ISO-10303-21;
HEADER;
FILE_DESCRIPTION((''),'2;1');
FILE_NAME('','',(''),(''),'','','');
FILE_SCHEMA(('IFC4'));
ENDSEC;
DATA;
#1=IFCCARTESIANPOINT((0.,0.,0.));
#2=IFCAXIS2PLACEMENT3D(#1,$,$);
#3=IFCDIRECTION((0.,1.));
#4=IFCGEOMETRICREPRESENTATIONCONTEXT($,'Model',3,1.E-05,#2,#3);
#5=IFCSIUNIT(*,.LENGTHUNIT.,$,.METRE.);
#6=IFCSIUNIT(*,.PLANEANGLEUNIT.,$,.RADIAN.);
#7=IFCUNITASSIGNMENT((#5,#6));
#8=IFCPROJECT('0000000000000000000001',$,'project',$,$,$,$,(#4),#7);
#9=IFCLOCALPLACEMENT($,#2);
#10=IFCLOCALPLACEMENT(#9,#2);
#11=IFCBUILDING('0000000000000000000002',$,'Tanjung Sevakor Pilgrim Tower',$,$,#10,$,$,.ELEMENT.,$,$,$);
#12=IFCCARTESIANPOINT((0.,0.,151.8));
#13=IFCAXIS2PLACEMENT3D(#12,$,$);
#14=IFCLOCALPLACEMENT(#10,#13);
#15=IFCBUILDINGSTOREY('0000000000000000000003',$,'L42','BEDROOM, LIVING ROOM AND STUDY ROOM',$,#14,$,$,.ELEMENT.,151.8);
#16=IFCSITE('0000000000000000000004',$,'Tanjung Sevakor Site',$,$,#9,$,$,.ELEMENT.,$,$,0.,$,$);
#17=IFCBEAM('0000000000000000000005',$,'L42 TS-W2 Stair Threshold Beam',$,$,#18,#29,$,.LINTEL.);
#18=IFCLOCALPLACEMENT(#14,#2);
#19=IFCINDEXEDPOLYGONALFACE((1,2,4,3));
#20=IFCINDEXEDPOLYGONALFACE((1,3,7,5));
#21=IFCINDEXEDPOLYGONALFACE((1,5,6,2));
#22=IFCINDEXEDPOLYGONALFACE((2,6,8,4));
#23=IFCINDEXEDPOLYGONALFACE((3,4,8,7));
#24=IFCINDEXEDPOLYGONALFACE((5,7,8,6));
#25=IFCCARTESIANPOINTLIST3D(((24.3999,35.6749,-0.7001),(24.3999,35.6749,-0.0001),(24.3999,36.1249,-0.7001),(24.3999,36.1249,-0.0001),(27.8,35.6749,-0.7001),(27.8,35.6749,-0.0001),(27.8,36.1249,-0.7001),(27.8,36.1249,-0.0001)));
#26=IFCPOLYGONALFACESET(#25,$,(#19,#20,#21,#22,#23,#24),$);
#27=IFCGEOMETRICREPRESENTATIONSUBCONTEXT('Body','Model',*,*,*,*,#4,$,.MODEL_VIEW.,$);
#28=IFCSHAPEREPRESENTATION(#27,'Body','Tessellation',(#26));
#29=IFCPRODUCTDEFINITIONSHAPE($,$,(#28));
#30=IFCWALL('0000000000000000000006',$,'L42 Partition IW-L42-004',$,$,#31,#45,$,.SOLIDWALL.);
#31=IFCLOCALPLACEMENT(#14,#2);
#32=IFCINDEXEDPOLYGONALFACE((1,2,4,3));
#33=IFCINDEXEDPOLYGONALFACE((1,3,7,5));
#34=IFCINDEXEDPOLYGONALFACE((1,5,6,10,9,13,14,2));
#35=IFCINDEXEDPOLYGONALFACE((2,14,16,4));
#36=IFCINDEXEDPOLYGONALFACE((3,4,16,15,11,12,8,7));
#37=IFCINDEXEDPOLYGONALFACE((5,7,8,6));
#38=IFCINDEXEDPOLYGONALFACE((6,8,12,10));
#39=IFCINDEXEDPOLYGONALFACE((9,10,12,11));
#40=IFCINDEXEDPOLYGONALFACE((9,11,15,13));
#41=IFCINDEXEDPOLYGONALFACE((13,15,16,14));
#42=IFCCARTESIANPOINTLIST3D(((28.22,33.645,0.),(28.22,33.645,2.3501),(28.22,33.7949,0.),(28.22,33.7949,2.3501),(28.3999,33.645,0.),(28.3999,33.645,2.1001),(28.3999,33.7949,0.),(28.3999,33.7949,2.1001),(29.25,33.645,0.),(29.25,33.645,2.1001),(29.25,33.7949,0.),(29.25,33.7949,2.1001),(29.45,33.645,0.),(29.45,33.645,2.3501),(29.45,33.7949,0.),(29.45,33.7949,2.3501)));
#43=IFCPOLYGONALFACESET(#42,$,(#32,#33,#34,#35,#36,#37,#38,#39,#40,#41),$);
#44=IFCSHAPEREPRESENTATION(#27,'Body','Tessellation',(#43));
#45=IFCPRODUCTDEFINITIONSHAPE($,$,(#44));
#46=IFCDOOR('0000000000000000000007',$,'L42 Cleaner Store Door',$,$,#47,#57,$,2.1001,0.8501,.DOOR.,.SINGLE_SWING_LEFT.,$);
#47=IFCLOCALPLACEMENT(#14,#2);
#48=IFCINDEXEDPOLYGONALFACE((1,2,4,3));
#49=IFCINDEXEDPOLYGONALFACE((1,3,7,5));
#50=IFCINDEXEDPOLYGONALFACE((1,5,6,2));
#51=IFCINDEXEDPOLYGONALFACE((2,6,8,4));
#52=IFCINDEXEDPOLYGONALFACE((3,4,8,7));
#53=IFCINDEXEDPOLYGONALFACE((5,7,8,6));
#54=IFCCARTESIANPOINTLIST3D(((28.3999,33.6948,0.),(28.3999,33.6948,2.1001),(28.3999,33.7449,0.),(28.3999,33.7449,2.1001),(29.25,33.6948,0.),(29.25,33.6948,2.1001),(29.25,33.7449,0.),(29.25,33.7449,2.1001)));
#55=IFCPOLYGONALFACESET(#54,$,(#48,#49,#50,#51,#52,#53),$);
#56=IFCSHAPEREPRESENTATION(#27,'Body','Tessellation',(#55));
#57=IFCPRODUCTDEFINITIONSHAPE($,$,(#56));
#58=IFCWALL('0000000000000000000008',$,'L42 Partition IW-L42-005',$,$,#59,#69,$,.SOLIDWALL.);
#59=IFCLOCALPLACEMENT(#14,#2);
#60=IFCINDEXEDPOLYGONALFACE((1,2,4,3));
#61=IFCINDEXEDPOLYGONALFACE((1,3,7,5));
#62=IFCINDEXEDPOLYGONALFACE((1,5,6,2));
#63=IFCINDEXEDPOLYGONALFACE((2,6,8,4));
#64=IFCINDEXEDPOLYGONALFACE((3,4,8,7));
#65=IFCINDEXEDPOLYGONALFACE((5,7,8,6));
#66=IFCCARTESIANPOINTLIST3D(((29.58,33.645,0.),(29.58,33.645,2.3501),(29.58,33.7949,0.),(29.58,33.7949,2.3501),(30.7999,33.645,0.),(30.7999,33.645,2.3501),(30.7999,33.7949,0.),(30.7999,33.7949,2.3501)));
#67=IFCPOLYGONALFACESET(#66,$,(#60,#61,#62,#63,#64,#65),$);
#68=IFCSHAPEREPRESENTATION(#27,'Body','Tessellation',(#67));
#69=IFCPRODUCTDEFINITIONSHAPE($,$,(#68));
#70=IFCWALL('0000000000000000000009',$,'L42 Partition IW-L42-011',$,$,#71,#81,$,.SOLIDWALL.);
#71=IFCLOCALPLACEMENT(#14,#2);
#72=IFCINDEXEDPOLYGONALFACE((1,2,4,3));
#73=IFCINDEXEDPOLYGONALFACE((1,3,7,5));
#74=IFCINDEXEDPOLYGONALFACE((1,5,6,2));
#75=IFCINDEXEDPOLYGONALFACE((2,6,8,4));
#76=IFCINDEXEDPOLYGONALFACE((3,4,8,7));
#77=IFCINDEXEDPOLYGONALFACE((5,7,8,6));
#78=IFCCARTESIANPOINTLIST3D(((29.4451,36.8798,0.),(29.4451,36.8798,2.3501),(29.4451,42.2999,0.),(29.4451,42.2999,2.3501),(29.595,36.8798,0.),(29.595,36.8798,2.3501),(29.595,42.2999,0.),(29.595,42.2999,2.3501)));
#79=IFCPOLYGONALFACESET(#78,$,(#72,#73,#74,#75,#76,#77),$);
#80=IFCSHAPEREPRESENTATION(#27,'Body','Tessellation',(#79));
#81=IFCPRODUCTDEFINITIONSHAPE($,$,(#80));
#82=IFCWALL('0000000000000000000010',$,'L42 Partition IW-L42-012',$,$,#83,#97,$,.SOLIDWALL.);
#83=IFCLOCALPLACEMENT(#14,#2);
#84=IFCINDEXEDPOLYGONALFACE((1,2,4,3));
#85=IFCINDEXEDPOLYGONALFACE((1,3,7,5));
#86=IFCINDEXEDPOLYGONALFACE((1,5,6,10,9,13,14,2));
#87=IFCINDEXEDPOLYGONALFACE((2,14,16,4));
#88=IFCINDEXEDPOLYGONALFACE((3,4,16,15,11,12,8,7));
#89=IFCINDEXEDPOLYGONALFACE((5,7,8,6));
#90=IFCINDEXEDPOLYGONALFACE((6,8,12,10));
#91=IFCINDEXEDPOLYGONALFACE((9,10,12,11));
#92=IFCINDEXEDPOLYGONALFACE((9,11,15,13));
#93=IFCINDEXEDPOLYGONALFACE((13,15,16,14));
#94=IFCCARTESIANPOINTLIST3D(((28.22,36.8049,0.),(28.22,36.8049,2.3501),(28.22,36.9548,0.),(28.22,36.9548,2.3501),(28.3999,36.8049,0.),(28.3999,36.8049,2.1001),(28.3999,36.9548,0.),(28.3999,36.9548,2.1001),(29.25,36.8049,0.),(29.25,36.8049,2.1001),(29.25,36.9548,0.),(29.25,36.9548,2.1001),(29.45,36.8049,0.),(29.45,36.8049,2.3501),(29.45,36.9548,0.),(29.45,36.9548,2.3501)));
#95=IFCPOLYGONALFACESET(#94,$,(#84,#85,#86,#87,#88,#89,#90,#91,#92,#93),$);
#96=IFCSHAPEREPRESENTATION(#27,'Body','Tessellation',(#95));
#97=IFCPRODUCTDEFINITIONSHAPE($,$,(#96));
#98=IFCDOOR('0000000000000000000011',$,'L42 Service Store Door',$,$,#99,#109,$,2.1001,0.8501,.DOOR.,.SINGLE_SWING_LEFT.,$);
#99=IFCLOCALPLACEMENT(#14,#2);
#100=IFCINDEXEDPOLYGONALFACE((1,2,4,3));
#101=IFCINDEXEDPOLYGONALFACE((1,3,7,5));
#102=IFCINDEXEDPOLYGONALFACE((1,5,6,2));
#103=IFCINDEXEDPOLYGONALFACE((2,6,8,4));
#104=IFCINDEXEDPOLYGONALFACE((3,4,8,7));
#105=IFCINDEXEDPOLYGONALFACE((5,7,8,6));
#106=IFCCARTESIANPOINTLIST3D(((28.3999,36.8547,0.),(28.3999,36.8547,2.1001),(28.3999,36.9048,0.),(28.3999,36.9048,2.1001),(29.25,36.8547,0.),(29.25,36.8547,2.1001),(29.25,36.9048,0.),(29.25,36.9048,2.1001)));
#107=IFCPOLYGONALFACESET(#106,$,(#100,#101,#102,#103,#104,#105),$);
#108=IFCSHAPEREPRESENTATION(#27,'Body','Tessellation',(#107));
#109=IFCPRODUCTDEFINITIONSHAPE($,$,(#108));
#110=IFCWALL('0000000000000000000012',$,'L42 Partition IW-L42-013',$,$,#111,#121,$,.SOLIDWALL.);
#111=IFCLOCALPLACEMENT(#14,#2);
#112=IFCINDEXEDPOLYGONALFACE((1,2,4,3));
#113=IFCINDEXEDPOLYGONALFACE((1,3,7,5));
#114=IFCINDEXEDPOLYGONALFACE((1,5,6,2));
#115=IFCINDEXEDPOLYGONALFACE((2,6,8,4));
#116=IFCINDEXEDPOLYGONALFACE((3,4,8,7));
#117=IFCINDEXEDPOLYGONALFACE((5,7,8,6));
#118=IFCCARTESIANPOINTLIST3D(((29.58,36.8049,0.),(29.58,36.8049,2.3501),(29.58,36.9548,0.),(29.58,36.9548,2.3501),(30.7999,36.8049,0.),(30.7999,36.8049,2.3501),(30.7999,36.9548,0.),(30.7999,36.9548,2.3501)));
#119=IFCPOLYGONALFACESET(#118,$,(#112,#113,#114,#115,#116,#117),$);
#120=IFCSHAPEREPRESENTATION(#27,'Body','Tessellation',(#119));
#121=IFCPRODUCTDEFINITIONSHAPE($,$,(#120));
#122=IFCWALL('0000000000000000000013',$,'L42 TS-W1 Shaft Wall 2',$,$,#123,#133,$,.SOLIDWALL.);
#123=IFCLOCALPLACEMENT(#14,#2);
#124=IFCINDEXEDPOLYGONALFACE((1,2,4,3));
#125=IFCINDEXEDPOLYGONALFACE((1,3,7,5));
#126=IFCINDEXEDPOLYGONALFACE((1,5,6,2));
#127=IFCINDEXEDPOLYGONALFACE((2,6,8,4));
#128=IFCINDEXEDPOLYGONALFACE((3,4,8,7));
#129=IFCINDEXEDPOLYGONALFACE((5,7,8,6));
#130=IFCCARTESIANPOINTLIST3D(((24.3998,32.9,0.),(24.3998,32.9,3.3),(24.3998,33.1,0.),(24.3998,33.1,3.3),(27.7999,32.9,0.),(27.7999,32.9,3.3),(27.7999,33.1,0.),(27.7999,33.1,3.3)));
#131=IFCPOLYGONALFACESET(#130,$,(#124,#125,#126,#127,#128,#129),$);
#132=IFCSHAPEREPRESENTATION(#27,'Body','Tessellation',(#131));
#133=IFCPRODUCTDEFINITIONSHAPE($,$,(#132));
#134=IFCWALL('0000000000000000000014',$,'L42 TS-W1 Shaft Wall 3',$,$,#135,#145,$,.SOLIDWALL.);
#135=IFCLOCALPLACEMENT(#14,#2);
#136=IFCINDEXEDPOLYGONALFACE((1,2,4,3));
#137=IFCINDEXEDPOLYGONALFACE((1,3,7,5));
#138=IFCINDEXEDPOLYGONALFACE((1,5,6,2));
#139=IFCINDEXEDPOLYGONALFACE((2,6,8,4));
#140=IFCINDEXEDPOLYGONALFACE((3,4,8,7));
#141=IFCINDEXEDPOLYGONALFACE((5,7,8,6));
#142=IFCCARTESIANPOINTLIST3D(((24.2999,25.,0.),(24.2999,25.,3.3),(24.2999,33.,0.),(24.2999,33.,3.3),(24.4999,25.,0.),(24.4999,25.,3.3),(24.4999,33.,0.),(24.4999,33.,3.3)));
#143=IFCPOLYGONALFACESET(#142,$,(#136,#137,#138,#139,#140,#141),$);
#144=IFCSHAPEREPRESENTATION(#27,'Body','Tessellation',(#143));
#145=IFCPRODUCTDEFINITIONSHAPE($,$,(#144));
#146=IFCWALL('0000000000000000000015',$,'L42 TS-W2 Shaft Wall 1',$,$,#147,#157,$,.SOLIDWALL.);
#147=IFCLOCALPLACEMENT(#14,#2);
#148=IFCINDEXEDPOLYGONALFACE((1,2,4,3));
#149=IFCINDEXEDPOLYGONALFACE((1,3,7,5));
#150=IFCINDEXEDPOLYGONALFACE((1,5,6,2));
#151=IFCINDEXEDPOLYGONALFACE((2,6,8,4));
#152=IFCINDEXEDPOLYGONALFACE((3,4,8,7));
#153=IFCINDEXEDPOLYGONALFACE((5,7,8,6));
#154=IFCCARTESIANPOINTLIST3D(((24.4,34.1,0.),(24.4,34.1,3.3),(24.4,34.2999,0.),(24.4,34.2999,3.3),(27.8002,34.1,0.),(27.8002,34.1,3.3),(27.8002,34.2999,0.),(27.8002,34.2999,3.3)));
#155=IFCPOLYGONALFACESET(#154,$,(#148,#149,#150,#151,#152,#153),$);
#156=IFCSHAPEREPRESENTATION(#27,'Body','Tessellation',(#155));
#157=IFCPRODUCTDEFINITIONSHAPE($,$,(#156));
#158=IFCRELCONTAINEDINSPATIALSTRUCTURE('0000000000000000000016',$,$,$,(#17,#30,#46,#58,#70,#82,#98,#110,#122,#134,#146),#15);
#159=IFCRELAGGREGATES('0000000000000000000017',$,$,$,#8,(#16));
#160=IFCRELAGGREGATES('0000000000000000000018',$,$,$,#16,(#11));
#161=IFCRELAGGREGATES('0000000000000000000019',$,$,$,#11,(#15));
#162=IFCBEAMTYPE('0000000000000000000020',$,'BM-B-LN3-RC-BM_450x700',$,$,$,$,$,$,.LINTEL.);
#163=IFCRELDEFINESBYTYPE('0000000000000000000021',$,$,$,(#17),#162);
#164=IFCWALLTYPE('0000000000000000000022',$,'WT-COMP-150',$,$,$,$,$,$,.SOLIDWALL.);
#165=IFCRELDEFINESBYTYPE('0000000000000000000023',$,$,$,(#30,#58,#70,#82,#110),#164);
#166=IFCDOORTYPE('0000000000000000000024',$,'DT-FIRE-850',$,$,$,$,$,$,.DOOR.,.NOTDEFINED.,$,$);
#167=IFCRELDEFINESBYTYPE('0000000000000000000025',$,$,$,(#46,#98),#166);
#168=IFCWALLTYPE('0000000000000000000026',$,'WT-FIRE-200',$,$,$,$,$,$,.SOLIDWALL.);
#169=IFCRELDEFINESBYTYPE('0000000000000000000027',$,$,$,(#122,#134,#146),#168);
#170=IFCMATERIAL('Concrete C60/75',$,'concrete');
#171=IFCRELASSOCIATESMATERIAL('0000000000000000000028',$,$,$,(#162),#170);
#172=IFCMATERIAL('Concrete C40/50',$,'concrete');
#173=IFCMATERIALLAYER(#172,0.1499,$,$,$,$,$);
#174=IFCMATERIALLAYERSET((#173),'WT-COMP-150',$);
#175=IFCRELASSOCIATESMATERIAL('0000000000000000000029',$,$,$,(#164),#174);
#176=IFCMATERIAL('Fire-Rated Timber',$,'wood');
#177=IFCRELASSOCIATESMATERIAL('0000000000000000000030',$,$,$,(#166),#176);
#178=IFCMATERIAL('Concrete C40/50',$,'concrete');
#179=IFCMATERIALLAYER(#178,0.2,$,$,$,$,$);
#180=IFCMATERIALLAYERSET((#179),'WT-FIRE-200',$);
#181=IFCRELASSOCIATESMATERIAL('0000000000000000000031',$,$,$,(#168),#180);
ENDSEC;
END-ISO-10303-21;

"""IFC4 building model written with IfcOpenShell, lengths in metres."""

from ifc_helpers import new_model, si_unit, direction, frame, frame_2d, origin, origin_2d, place, context, subcontext, project, spatial, rectangle, extrude, material, layer, layer_set, material_profile, profile_set, type_object, element, fill, save


model = new_model("IFC4")

# Units and contexts
model_context = context("Model", 3, precision=1e-05, world=origin(), true_north=direction((0.0, 1.0)))
body_context = subcontext(model_context, "Body", "Model", "MODEL_VIEW")
ifc_project = project(units=[si_unit("LENGTHUNIT", "METRE"), si_unit("PLANEANGLEUNIT", "RADIAN")], contexts=[model_context])

# Site, building, storey
site_placement = place(None, origin())
site = spatial("IfcSite", under=ifc_project, at=site_placement, Name="Tanjung Sevakor Site", CompositionType="ELEMENT", RefElevation=0.0)
building_placement = place(site_placement, origin())
building = spatial("IfcBuilding", under=site, at=building_placement, Name="Tanjung Sevakor Pilgrim Tower", CompositionType="ELEMENT")
storey_placement = place(building_placement, frame((0.0, 0.0, 151.8)))
storey = spatial("IfcBuildingStorey", under=building, at=storey_placement, Name="L42", Description="BEDROOM, LIVING ROOM AND STUDY ROOM", CompositionType="ELEMENT", Elevation=151.8)

# Beam
ifc_material_1 = material(Name="Concrete C60/75", Category="concrete")
ifc_material_profile = material_profile(ifc_material_1, rectangle(XDim=0.45, YDim=0.7, at=origin_2d()))
ifc_profile_set = profile_set([ifc_material_profile], Name="Concrete C60/75")
beam_type = type_object("IfcBeamType", Name="BM-B-LN3-RC-BM_450x700", PredefinedType="LINTEL", material=ifc_profile_set)
beam_placement = place(storey_placement, frame((24.3999, 35.8999, -0.3501), z_axis=(1.0, 0.0, 0.0), x_axis=(0.0, 1.0, 0.0)))
element("IfcBeam", 1, at=beam_placement, inside=storey, type_object=beam_type, Name="L42 TS-W2 Stair Threshold Beam", PredefinedType="LINTEL", context=body_context, shape_type="SweptSolid", body=[
    extrude(rectangle(XDim=0.45, YDim=0.7, at=origin_2d()), origin(), (0.0, 0.0, 1.0), 3.4001),
])

# Wall, opening, door
ifc_material_2 = material(Name="Concrete C40/50", Category="concrete")
ifc_layer_1 = layer(ifc_material_2, 0.1499)
ifc_layer_set_1 = layer_set([ifc_layer_1], Name="WT-COMP-150")
wall_type_1 = type_object("IfcWallType", Name="WT-COMP-150", PredefinedType="SOLIDWALL", material=ifc_layer_set_1)
wall_1_placement = place(storey_placement, frame((28.22, 33.72, 0.0), z_axis=(0.0, 0.0, 1.0), x_axis=(1.0, 0.0, 0.0)))
wall_1 = element("IfcWall", 2, at=wall_1_placement, inside=storey, type_object=wall_type_1, Name="L42 Partition IW-L42-004", PredefinedType="SOLIDWALL", context=body_context, shape_type="SweptSolid", body=[
    extrude(rectangle(XDim=1.23, YDim=0.1499, at=frame_2d((0.615, 0.0))), origin(), (0.0, 0.0, 1.0), 2.3501),
])
opening_1_placement = place(wall_1_placement, frame((0.1799, 0.0, 0.0)))
opening_1 = element("IfcOpeningElement", 3, at=opening_1_placement, cuts=wall_1, PredefinedType="OPENING", context=body_context, shape_type="SweptSolid", body=[
    extrude(rectangle(XDim=0.8501, YDim=2.1001, at=frame_2d((0.425, 1.05))), frame((0.0, 0.085, 0.0), z_axis=(0.0, -1.0, 0.0), x_axis=(1.0, 0.0, 0.0)), (0.0, 0.0, 1.0), 0.1699),
])
ifc_material_3 = material(Name="Fire-Rated Timber", Category="wood")
door_type = type_object("IfcDoorType", Name="DT-FIRE-850", OperationType="NOTDEFINED", PredefinedType="DOOR", material=ifc_material_3)
door_1_placement = place(opening_1_placement, origin())
door_1 = element("IfcDoor", 4, at=door_1_placement, inside=storey, type_object=door_type, Name="L42 Cleaner Store Door", OperationType="SINGLE_SWING_LEFT", OverallHeight=2.1001, OverallWidth=0.8501, PredefinedType="DOOR", context=body_context, shape_type="SweptSolid", body=[
    extrude(rectangle(XDim=0.8501, YDim=2.1001, at=frame_2d((0.425, 1.05))), frame((0.0, 0.0249, 0.0), z_axis=(0.0, -1.0, 0.0), x_axis=(1.0, 0.0, 0.0)), (0.0, 0.0, 1.0), 0.05),
])
fill(opening_1, door_1)

# Walls
wall_2_placement = place(storey_placement, frame((29.5801, 33.72, 0.0), z_axis=(0.0, 0.0, 1.0), x_axis=(1.0, 0.0, 0.0)))
element("IfcWall", 5, at=wall_2_placement, inside=storey, type_object=wall_type_1, Name="L42 Partition IW-L42-005", PredefinedType="SOLIDWALL", context=body_context, shape_type="SweptSolid", body=[
    extrude(rectangle(XDim=1.22, YDim=0.1499, at=frame_2d((0.6099, 0.0))), origin(), (0.0, 0.0, 1.0), 2.3501),
])
wall_3_placement = place(storey_placement, frame((29.52, 36.8799, 0.0), z_axis=(0.0, 0.0, 1.0), x_axis=(0.0, 1.0, 0.0)))
element("IfcWall", 6, at=wall_3_placement, inside=storey, type_object=wall_type_1, Name="L42 Partition IW-L42-011", PredefinedType="SOLIDWALL", context=body_context, shape_type="SweptSolid", body=[
    extrude(rectangle(XDim=5.4202, YDim=0.1499, at=frame_2d((2.71, 0.0))), origin(), (0.0, 0.0, 1.0), 2.3501),
])

# Wall, opening, door
wall_4_placement = place(storey_placement, frame((28.22, 36.8799, 0.0), z_axis=(0.0, 0.0, 1.0), x_axis=(1.0, 0.0, 0.0)))
wall_4 = element("IfcWall", 7, at=wall_4_placement, inside=storey, type_object=wall_type_1, Name="L42 Partition IW-L42-012", PredefinedType="SOLIDWALL", context=body_context, shape_type="SweptSolid", body=[
    extrude(rectangle(XDim=1.23, YDim=0.1499, at=frame_2d((0.615, 0.0))), origin(), (0.0, 0.0, 1.0), 2.3501),
])
opening_2_placement = place(wall_4_placement, frame((0.1799, 0.0, 0.0)))
opening_2 = element("IfcOpeningElement", 8, at=opening_2_placement, cuts=wall_4, PredefinedType="OPENING", context=body_context, shape_type="SweptSolid", body=[
    extrude(rectangle(XDim=0.8501, YDim=2.1001, at=frame_2d((0.425, 1.05))), frame((0.0, 0.085, 0.0), z_axis=(0.0, -1.0, 0.0), x_axis=(1.0, 0.0, 0.0)), (0.0, 0.0, 1.0), 0.1699),
])
door_2_placement = place(opening_2_placement, origin())
door_2 = element("IfcDoor", 9, at=door_2_placement, inside=storey, type_object=door_type, Name="L42 Service Store Door", OperationType="SINGLE_SWING_LEFT", OverallHeight=2.1001, OverallWidth=0.8501, PredefinedType="DOOR", context=body_context, shape_type="SweptSolid", body=[
    extrude(rectangle(XDim=0.8501, YDim=2.1001, at=frame_2d((0.425, 1.05))), frame((0.0, 0.0249, 0.0), z_axis=(0.0, -1.0, 0.0), x_axis=(1.0, 0.0, 0.0)), (0.0, 0.0, 1.0), 0.05),
])
fill(opening_2, door_2)

# Walls
wall_5_placement = place(storey_placement, frame((29.5801, 36.8799, 0.0), z_axis=(0.0, 0.0, 1.0), x_axis=(1.0, 0.0, 0.0)))
element("IfcWall", 10, at=wall_5_placement, inside=storey, type_object=wall_type_1, Name="L42 Partition IW-L42-013", PredefinedType="SOLIDWALL", context=body_context, shape_type="SweptSolid", body=[
    extrude(rectangle(XDim=1.22, YDim=0.1499, at=frame_2d((0.6099, 0.0))), origin(), (0.0, 0.0, 1.0), 2.3501),
])
ifc_material_4 = material(Name="Concrete C40/50", Category="concrete")
ifc_layer_2 = layer(ifc_material_4, 0.2)
ifc_layer_set_2 = layer_set([ifc_layer_2], Name="WT-FIRE-200")
wall_type_2 = type_object("IfcWallType", Name="WT-FIRE-200", PredefinedType="SOLIDWALL", material=ifc_layer_set_2)
wall_6_placement = place(storey_placement, frame((27.8, 33.0, 0.0), z_axis=(0.0, 0.0, 1.0), x_axis=(-1.0, 0.0, 0.0)))
element("IfcWall", 11, at=wall_6_placement, inside=storey, type_object=wall_type_2, Name="L42 TS-W1 Shaft Wall 2", PredefinedType="SOLIDWALL", context=body_context, shape_type="SweptSolid", body=[
    extrude(rectangle(XDim=3.4001, YDim=0.2, at=frame_2d((1.7002, 0.0))), origin(), (0.0, 0.0, 1.0), 3.3),
])
wall_7_placement = place(storey_placement, frame((24.3999, 33.0, 0.0), z_axis=(0.0, 0.0, 1.0), x_axis=(0.0, -1.0, 0.0)))
element("IfcWall", 12, at=wall_7_placement, inside=storey, type_object=wall_type_2, Name="L42 TS-W1 Shaft Wall 3", PredefinedType="SOLIDWALL", context=body_context, shape_type="SweptSolid", body=[
    extrude(rectangle(XDim=8.0, YDim=0.2, at=frame_2d((4.0, 0.0))), origin(), (0.0, 0.0, 1.0), 3.3),
])
wall_8_placement = place(storey_placement, frame((24.3999, 34.2, 0.0), z_axis=(0.0, 0.0, 1.0), x_axis=(1.0, 0.0, 0.0)))
element("IfcWall", 13, at=wall_8_placement, inside=storey, type_object=wall_type_2, Name="L42 TS-W2 Shaft Wall 1", PredefinedType="SOLIDWALL", context=body_context, shape_type="SweptSolid", body=[
    extrude(rectangle(XDim=3.4001, YDim=0.2, at=frame_2d((1.7002, 0.0))), origin(), (0.0, 0.0, 1.0), 3.3),
])

save(model, "model.ifc")
